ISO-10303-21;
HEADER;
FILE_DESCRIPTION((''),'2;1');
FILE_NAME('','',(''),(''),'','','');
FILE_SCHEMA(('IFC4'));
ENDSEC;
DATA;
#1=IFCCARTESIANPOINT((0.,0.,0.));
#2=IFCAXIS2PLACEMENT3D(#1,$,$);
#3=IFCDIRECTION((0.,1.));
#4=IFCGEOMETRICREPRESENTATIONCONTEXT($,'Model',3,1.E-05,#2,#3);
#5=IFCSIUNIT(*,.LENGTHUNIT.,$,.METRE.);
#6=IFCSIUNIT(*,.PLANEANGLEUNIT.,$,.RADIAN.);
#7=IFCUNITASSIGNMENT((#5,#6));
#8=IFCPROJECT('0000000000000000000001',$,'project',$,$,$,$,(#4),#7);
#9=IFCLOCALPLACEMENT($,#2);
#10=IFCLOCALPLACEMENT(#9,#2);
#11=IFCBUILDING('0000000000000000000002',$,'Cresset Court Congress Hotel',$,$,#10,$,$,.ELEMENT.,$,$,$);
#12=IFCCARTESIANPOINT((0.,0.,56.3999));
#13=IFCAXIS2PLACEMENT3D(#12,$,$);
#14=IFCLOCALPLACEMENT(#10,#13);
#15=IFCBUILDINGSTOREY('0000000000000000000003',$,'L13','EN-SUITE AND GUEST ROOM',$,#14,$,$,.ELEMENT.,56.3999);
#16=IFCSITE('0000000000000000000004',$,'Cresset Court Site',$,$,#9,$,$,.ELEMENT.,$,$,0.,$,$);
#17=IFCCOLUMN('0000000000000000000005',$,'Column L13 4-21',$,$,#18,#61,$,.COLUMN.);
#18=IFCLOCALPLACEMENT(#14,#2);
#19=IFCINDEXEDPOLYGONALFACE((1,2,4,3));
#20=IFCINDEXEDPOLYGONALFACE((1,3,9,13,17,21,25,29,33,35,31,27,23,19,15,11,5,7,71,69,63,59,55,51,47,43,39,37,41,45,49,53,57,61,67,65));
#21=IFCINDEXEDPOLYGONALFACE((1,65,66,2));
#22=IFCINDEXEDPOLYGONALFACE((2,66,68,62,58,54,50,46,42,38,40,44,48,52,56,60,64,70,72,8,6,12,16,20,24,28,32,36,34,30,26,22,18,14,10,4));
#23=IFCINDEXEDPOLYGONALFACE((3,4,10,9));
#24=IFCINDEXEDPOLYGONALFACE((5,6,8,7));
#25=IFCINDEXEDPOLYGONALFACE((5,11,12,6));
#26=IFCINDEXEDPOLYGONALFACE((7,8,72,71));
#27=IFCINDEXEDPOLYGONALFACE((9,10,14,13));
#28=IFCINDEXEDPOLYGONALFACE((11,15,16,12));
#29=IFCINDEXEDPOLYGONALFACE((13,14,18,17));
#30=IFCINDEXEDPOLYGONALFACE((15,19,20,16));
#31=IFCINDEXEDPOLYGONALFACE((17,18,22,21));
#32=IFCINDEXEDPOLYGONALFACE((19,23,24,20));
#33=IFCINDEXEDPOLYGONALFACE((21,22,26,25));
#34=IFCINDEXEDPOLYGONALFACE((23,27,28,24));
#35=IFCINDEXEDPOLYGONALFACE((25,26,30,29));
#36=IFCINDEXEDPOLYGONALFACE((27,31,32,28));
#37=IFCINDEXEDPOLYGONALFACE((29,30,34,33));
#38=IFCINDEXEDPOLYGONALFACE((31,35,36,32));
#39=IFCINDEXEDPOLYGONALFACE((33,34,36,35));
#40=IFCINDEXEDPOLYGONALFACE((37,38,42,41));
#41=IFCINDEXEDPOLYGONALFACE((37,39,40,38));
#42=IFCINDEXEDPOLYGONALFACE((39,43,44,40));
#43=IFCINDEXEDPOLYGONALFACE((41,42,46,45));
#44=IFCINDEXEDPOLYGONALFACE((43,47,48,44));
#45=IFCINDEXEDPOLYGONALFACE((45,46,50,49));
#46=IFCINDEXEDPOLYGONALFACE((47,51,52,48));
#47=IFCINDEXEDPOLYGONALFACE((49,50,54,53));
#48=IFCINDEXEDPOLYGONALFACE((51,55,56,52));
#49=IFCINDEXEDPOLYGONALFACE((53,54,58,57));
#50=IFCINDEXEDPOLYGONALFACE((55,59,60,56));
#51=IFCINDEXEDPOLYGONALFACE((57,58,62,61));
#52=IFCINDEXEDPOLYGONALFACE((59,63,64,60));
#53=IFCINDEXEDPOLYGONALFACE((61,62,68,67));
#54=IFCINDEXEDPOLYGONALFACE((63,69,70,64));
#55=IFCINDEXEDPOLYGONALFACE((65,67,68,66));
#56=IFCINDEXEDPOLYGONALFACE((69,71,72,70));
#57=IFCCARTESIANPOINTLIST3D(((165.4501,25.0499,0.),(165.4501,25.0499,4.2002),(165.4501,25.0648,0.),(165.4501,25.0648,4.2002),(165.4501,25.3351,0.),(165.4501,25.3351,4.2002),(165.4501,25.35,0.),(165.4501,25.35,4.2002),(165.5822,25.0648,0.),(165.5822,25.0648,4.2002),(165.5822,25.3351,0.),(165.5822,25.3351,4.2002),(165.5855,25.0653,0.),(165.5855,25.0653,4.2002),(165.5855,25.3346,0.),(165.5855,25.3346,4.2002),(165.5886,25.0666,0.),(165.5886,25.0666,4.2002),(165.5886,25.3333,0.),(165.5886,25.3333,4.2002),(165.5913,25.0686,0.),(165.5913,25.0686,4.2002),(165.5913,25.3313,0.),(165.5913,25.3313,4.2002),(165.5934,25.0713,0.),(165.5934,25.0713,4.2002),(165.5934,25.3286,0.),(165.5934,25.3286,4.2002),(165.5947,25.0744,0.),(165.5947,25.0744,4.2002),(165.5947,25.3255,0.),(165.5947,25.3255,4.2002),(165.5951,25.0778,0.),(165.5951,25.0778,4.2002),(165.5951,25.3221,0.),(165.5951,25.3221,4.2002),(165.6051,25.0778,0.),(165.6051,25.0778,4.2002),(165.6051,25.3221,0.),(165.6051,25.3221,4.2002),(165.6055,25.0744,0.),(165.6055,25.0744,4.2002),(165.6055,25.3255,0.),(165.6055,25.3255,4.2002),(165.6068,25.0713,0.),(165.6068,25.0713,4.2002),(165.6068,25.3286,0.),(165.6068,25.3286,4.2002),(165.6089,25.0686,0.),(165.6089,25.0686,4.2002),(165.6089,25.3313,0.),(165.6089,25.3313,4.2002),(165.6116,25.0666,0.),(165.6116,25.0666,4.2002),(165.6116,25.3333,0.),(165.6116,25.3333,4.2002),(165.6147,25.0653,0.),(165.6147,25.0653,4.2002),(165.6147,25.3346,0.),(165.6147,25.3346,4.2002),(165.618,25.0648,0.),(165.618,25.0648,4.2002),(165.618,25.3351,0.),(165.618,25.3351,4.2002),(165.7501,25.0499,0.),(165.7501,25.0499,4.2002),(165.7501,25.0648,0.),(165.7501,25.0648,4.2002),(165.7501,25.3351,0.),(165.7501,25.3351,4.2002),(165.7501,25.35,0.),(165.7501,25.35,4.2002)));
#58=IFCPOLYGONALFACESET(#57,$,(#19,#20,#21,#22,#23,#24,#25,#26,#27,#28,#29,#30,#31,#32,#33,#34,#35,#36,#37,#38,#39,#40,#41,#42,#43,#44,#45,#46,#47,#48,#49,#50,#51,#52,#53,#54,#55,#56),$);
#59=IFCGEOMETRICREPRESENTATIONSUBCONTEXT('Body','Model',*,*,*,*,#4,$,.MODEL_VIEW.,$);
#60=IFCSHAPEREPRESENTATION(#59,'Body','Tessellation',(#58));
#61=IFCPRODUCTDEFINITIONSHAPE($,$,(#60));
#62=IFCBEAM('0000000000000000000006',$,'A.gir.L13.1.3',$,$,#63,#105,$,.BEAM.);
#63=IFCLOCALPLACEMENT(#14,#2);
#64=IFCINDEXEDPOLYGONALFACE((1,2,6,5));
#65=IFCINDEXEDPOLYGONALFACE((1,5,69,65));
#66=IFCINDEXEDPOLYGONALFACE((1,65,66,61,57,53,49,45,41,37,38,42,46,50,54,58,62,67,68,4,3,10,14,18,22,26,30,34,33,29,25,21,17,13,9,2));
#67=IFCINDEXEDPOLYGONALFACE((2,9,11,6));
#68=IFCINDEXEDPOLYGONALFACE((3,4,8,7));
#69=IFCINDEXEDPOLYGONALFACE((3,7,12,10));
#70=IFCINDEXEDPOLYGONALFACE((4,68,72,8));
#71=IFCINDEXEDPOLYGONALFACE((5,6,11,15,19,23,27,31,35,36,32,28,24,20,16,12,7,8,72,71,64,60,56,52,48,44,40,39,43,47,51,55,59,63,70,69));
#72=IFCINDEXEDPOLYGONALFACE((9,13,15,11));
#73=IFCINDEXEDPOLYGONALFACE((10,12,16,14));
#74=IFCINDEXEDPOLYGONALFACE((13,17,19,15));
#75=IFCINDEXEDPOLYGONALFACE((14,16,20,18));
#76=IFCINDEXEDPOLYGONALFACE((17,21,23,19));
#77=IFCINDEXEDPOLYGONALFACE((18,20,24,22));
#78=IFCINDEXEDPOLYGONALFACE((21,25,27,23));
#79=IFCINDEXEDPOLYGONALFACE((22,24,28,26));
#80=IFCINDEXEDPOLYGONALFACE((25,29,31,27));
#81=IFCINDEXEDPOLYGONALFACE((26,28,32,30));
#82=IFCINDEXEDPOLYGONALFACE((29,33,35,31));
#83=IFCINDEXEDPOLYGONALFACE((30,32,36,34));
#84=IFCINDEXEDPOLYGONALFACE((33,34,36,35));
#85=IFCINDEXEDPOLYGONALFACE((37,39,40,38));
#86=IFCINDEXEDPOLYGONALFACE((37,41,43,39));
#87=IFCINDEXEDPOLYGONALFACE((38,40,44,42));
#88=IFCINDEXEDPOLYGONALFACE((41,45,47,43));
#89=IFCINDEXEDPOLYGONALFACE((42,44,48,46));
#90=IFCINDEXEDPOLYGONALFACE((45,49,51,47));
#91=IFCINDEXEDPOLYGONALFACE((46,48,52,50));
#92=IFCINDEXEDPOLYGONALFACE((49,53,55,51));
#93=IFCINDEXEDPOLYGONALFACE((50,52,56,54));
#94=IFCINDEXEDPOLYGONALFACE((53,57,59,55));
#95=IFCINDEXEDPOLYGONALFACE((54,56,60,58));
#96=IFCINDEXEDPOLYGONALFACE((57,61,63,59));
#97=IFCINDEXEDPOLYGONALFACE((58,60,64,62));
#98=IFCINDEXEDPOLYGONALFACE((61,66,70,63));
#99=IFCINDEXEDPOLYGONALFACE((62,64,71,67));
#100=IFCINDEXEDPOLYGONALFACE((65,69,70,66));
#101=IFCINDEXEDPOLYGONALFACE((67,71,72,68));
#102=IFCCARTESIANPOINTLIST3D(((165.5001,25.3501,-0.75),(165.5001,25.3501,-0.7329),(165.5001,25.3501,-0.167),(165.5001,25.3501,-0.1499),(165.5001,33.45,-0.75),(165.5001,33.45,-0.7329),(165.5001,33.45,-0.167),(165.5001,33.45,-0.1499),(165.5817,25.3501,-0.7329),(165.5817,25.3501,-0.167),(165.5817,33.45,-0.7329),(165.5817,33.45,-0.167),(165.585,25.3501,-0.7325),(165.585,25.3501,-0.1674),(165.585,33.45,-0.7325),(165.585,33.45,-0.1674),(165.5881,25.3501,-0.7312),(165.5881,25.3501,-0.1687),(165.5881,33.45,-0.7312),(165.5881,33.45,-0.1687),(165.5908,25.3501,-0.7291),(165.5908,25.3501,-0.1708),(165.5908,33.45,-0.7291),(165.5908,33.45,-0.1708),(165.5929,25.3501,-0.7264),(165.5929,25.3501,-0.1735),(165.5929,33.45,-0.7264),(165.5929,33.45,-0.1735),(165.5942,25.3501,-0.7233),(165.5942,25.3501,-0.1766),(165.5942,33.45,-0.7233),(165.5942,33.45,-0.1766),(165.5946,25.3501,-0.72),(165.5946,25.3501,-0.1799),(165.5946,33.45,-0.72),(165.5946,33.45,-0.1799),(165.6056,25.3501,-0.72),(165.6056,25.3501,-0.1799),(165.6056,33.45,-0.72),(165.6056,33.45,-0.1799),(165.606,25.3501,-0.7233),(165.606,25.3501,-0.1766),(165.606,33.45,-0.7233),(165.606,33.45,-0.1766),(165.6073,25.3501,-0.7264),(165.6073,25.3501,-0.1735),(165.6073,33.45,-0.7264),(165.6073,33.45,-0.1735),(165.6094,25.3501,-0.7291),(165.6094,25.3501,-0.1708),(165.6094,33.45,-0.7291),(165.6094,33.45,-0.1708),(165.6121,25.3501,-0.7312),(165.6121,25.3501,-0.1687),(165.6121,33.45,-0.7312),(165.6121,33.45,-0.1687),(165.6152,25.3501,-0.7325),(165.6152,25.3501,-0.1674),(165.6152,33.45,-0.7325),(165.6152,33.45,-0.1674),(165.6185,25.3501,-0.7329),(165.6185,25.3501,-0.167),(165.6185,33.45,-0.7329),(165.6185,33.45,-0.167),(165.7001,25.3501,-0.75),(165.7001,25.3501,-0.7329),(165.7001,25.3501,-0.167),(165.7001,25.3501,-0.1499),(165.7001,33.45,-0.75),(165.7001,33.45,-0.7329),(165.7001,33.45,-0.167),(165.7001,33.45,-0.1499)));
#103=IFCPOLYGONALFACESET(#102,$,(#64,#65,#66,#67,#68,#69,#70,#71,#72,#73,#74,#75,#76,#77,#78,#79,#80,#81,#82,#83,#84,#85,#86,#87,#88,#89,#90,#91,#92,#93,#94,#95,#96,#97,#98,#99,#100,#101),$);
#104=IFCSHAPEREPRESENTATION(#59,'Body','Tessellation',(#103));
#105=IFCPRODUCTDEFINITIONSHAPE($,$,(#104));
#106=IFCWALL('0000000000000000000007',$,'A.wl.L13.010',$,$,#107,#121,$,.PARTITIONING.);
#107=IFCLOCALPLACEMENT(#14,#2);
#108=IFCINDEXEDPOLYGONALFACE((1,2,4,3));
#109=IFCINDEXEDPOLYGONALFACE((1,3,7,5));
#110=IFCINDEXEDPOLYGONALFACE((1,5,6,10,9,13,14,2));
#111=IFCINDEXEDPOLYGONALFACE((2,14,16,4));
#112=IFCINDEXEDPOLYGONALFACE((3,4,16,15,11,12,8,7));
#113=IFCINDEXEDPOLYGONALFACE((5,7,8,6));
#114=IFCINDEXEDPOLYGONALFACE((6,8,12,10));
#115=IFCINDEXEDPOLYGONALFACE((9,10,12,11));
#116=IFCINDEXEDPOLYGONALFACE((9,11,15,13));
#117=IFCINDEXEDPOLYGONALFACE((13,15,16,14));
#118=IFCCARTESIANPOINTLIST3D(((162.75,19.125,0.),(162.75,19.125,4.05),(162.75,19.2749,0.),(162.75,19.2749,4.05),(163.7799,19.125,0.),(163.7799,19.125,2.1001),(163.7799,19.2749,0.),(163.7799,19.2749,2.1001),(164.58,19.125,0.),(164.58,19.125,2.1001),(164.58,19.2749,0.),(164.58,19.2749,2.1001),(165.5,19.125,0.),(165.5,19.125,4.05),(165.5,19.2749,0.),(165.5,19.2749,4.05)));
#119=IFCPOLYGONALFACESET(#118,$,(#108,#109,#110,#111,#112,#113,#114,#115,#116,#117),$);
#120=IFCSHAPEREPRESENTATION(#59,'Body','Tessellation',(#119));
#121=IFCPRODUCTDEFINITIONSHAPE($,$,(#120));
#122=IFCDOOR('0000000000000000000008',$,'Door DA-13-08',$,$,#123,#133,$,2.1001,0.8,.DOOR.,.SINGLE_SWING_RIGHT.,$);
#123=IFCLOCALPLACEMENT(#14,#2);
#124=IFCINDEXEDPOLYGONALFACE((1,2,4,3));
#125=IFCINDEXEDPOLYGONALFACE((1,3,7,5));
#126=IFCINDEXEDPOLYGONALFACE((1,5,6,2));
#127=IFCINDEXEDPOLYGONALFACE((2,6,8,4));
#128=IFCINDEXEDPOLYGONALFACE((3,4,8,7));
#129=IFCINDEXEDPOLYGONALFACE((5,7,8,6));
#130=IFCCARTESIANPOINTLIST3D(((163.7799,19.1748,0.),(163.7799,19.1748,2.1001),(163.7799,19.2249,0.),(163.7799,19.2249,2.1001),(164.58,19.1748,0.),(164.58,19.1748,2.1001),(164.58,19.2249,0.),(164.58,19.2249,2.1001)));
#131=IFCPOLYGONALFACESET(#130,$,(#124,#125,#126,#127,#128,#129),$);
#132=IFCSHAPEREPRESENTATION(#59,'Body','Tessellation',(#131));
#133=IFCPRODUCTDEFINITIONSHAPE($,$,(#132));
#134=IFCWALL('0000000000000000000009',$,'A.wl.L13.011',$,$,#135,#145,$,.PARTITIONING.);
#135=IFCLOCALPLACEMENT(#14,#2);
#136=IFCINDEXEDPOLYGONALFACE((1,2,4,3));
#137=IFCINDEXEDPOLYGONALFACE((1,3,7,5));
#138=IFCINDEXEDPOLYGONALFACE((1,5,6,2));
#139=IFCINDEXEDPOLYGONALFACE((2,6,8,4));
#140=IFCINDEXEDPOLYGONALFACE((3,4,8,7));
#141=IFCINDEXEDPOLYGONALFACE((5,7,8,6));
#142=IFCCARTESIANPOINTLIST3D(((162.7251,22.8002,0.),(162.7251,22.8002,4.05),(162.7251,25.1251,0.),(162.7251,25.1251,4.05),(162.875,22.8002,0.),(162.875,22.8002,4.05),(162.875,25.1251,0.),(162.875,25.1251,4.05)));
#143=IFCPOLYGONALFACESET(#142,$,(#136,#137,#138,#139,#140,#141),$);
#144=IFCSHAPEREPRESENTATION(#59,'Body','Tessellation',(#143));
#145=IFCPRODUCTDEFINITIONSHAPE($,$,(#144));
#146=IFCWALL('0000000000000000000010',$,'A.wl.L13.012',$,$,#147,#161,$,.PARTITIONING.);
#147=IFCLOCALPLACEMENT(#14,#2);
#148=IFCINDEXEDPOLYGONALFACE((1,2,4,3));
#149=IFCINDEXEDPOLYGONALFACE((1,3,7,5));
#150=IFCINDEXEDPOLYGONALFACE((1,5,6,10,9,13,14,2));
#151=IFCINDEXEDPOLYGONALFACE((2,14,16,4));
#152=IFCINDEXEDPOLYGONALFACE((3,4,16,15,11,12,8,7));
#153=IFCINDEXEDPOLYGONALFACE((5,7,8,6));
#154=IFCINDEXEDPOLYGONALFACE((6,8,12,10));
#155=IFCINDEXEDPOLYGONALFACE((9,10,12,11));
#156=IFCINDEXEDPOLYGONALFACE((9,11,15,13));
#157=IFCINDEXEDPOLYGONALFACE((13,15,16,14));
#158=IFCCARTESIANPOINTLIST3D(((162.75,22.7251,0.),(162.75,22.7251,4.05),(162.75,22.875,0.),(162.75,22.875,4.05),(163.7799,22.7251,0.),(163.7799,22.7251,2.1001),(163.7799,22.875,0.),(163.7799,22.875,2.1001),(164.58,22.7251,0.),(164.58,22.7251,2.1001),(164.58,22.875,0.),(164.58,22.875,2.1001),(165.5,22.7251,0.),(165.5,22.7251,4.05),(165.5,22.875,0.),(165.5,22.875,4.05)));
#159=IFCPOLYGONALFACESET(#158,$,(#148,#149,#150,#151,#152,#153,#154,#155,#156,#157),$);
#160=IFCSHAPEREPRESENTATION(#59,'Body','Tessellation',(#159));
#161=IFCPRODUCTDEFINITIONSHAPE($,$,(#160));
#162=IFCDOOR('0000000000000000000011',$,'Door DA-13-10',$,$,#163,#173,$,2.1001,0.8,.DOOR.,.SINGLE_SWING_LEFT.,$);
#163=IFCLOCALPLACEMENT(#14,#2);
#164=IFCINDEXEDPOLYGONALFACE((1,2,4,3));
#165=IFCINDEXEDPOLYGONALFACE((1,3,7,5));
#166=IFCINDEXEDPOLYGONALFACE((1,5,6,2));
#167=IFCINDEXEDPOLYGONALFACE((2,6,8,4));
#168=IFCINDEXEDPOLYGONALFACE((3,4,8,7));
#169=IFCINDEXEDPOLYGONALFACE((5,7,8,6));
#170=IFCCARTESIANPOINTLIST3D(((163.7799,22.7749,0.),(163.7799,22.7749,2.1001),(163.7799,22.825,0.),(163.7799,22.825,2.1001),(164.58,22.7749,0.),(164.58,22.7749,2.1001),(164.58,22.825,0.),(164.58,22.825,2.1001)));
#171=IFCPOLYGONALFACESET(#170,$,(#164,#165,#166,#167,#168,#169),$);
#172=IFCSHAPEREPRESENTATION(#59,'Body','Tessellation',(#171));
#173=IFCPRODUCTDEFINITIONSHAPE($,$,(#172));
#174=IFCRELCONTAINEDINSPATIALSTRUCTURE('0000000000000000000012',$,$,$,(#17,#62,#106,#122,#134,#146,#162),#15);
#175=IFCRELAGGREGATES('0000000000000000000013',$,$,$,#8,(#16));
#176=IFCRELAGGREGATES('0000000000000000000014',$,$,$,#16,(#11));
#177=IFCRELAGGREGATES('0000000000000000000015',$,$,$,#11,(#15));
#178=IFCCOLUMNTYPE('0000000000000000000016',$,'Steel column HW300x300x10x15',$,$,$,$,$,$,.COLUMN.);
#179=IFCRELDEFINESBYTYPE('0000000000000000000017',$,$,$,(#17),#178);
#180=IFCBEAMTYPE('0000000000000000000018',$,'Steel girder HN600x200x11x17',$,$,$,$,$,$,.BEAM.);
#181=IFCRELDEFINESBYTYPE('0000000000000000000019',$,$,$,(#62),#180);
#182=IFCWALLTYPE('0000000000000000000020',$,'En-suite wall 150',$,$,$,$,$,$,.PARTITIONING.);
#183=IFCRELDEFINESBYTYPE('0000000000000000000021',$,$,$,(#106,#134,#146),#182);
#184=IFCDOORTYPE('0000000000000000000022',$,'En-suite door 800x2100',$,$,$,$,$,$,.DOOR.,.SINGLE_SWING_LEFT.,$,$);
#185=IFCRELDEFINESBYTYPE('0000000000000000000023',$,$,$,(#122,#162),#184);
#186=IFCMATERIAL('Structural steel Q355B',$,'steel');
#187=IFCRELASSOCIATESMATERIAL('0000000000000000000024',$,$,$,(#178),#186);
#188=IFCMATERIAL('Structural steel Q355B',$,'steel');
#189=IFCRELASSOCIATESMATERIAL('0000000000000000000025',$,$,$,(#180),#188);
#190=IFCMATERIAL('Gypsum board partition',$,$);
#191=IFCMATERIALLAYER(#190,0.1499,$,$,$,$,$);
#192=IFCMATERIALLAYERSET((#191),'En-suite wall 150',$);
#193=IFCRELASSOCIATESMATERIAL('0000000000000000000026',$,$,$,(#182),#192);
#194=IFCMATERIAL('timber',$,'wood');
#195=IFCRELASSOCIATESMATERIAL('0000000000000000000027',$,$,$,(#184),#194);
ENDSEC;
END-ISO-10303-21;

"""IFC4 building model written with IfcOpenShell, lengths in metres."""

from ifc_helpers import new_model, si_unit, direction, frame, frame_2d, origin, origin_2d, place, context, subcontext, project, spatial, rectangle, i_section, extrude, material, layer, layer_set, material_profile, profile_set, type_object, element, fill, save


model = new_model("IFC4")

# Units and contexts
model_context = context("Model", 3, precision=1e-05, world=origin(), true_north=direction((0.0, 1.0)))
body_context = subcontext(model_context, "Body", "Model", "MODEL_VIEW")
ifc_project = project(units=[si_unit("LENGTHUNIT", "METRE"), si_unit("PLANEANGLEUNIT", "RADIAN")], contexts=[model_context])

# Site, building, storey
site_placement = place(None, origin())
site = spatial("IfcSite", under=ifc_project, at=site_placement, Name="Cresset Court Site", CompositionType="ELEMENT", RefElevation=0.0)
building_placement = place(site_placement, origin())
building = spatial("IfcBuilding", under=site, at=building_placement, Name="Cresset Court Congress Hotel", CompositionType="ELEMENT")
storey_placement = place(building_placement, frame((0.0, 0.0, 56.3999)))
storey = spatial("IfcBuildingStorey", under=building, at=storey_placement, Name="L13", Description="EN-SUITE AND GUEST ROOM", CompositionType="ELEMENT", Elevation=56.3999)

# Column
ifc_material_1 = material(Name="Structural steel Q355B", Category="steel")
ifc_material_profile_1 = material_profile(ifc_material_1, i_section(OverallWidth=0.3, OverallDepth=0.3, WebThickness=0.01, FlangeThickness=0.0149, FilletRadius=0.0129, at=origin_2d()), Name="HW300x300x10x15")
ifc_profile_set_1 = profile_set([ifc_material_profile_1], Name="Structural steel Q355B")
column_type = type_object("IfcColumnType", Name="Steel column HW300x300x10x15", PredefinedType="COLUMN", material=ifc_profile_set_1)
column_placement = place(storey_placement, frame((165.6001, 25.2, 0.0), z_axis=(0.0, 0.0, 1.0), x_axis=(1.0, 0.0, 0.0)))
element("IfcColumn", 1, at=column_placement, inside=storey, type_object=column_type, Name="Column L13 4-21", PredefinedType="COLUMN", context=body_context, shape_type="SweptSolid", body=[
    extrude(i_section(OverallWidth=0.3, OverallDepth=0.3, WebThickness=0.01, FlangeThickness=0.0149, FilletRadius=0.0129, at=origin_2d()), origin(), (0.0, 0.0, 1.0), 4.2002),
])

# Beam
ifc_material_2 = material(Name="Structural steel Q355B", Category="steel")
ifc_material_profile_2 = material_profile(ifc_material_2, i_section(OverallWidth=0.2, OverallDepth=0.6001, WebThickness=0.011, FlangeThickness=0.0171, FilletRadius=0.0129, at=origin_2d()), Name="HN600x200x11x17")
ifc_profile_set_2 = profile_set([ifc_material_profile_2], Name="Structural steel Q355B")
beam_type = type_object("IfcBeamType", Name="Steel girder HN600x200x11x17", PredefinedType="BEAM", material=ifc_profile_set_2)
beam_placement = place(storey_placement, frame((165.6001, 25.3501, -0.45), z_axis=(0.0, 1.0, 0.0), x_axis=(-1.0, 0.0, 0.0)))
element("IfcBeam", 2, at=beam_placement, inside=storey, type_object=beam_type, Name="A.gir.L13.1.3", PredefinedType="BEAM", context=body_context, shape_type="SweptSolid", body=[
    extrude(i_section(OverallWidth=0.2, OverallDepth=0.6001, WebThickness=0.011, FlangeThickness=0.0171, FilletRadius=0.0129, at=origin_2d()), origin(), (0.0, 0.0, 1.0), 8.0999),
])

# Wall, opening, door
ifc_material_3 = material(Name="Gypsum board partition")
ifc_layer_1 = layer(ifc_material_3, 0.1499)
ifc_layer_set_1 = layer_set([ifc_layer_1], Name="En-suite wall 150")
wall_type_1 = type_object("IfcWallType", Name="En-suite wall 150", PredefinedType="PARTITIONING", material=ifc_layer_set_1)
wall_1_placement = place(storey_placement, frame((162.75, 19.2, 0.0), z_axis=(0.0, 0.0, 1.0), x_axis=(1.0, 0.0, 0.0)))
wall_1 = element("IfcWall", 3, at=wall_1_placement, inside=storey, type_object=wall_type_1, Name="A.wl.L13.010", PredefinedType="PARTITIONING", context=body_context, shape_type="SweptSolid", body=[
    extrude(rectangle(XDim=2.75, YDim=0.1499, at=frame_2d((1.375, 0.0))), origin(), (0.0, 0.0, 1.0), 4.05),
])
opening_1_placement = place(wall_1_placement, frame((1.03, 0.0, 0.0)))
opening_1 = element("IfcOpeningElement", 4, at=opening_1_placement, cuts=wall_1, PredefinedType="OPENING", context=body_context, shape_type="SweptSolid", body=[
    extrude(rectangle(XDim=0.8, YDim=2.1001, at=frame_2d((0.3999, 1.05))), frame((0.0, 0.085, 0.0), z_axis=(0.0, -1.0, 0.0), x_axis=(1.0, 0.0, 0.0)), (0.0, 0.0, 1.0), 0.1699),
])
ifc_material_4 = material(Name="timber", Category="wood")
door_type_1 = type_object("IfcDoorType", Name="En-suite door 800x2100", OperationType="SINGLE_SWING_LEFT", PredefinedType="DOOR", material=ifc_material_4)
door_1_placement = place(opening_1_placement, origin())
door_1 = element("IfcDoor", 5, at=door_1_placement, inside=storey, type_object=door_type_1, Name="Door DA-13-08", OperationType="SINGLE_SWING_RIGHT", OverallHeight=2.1001, OverallWidth=0.8, PredefinedType="DOOR", context=body_context, shape_type="SweptSolid", body=[
    extrude(rectangle(XDim=0.8, YDim=2.1001, at=frame_2d((0.3999, 1.05))), frame((0.0, 0.0249, 0.0), z_axis=(0.0, -1.0, 0.0), x_axis=(1.0, 0.0, 0.0)), (0.0, 0.0, 1.0), 0.05),
])
fill(opening_1, door_1)

# Wall
wall_2_placement = place(storey_placement, frame((162.8, 22.8, 0.0), z_axis=(0.0, 0.0, 1.0), x_axis=(0.0, 1.0, 0.0)))
element("IfcWall", 6, at=wall_2_placement, inside=storey, type_object=wall_type_1, Name="A.wl.L13.011", PredefinedType="PARTITIONING", context=body_context, shape_type="SweptSolid", body=[
    extrude(rectangle(XDim=2.325, YDim=0.1499, at=frame_2d((1.1626, 0.0))), origin(), (0.0, 0.0, 1.0), 4.05),
])

# Wall, opening, door
wall_3_placement = place(storey_placement, frame((162.75, 22.8, 0.0), z_axis=(0.0, 0.0, 1.0), x_axis=(1.0, 0.0, 0.0)))
wall_3 = element("IfcWall", 7, at=wall_3_placement, inside=storey, type_object=wall_type_1, Name="A.wl.L13.012", PredefinedType="PARTITIONING", context=body_context, shape_type="SweptSolid", body=[
    extrude(rectangle(XDim=2.75, YDim=0.1499, at=frame_2d((1.375, 0.0))), origin(), (0.0, 0.0, 1.0), 4.05),
])
opening_2_placement = place(wall_3_placement, frame((1.03, 0.0, 0.0)))
opening_2 = element("IfcOpeningElement", 8, at=opening_2_placement, cuts=wall_3, PredefinedType="OPENING", context=body_context, shape_type="SweptSolid", body=[
    extrude(rectangle(XDim=0.8, YDim=2.1001, at=frame_2d((0.3999, 1.05))), frame((0.0, 0.085, 0.0), z_axis=(0.0, -1.0, 0.0), x_axis=(1.0, 0.0, 0.0)), (0.0, 0.0, 1.0), 0.1699),
])
door_2_placement = place(opening_2_placement, origin())
door_2 = element("IfcDoor", 9, at=door_2_placement, inside=storey, type_object=door_type_1, Name="Door DA-13-10", OperationType="SINGLE_SWING_LEFT", OverallHeight=2.1001, OverallWidth=0.8, PredefinedType="DOOR", context=body_context, shape_type="SweptSolid", body=[
    extrude(rectangle(XDim=0.8, YDim=2.1001, at=frame_2d((0.3999, 1.05))), frame((0.0, 0.0249, 0.0), z_axis=(0.0, -1.0, 0.0), x_axis=(1.0, 0.0, 0.0)), (0.0, 0.0, 1.0), 0.05),
])
fill(opening_2, door_2)

save(model, "model.ifc")
